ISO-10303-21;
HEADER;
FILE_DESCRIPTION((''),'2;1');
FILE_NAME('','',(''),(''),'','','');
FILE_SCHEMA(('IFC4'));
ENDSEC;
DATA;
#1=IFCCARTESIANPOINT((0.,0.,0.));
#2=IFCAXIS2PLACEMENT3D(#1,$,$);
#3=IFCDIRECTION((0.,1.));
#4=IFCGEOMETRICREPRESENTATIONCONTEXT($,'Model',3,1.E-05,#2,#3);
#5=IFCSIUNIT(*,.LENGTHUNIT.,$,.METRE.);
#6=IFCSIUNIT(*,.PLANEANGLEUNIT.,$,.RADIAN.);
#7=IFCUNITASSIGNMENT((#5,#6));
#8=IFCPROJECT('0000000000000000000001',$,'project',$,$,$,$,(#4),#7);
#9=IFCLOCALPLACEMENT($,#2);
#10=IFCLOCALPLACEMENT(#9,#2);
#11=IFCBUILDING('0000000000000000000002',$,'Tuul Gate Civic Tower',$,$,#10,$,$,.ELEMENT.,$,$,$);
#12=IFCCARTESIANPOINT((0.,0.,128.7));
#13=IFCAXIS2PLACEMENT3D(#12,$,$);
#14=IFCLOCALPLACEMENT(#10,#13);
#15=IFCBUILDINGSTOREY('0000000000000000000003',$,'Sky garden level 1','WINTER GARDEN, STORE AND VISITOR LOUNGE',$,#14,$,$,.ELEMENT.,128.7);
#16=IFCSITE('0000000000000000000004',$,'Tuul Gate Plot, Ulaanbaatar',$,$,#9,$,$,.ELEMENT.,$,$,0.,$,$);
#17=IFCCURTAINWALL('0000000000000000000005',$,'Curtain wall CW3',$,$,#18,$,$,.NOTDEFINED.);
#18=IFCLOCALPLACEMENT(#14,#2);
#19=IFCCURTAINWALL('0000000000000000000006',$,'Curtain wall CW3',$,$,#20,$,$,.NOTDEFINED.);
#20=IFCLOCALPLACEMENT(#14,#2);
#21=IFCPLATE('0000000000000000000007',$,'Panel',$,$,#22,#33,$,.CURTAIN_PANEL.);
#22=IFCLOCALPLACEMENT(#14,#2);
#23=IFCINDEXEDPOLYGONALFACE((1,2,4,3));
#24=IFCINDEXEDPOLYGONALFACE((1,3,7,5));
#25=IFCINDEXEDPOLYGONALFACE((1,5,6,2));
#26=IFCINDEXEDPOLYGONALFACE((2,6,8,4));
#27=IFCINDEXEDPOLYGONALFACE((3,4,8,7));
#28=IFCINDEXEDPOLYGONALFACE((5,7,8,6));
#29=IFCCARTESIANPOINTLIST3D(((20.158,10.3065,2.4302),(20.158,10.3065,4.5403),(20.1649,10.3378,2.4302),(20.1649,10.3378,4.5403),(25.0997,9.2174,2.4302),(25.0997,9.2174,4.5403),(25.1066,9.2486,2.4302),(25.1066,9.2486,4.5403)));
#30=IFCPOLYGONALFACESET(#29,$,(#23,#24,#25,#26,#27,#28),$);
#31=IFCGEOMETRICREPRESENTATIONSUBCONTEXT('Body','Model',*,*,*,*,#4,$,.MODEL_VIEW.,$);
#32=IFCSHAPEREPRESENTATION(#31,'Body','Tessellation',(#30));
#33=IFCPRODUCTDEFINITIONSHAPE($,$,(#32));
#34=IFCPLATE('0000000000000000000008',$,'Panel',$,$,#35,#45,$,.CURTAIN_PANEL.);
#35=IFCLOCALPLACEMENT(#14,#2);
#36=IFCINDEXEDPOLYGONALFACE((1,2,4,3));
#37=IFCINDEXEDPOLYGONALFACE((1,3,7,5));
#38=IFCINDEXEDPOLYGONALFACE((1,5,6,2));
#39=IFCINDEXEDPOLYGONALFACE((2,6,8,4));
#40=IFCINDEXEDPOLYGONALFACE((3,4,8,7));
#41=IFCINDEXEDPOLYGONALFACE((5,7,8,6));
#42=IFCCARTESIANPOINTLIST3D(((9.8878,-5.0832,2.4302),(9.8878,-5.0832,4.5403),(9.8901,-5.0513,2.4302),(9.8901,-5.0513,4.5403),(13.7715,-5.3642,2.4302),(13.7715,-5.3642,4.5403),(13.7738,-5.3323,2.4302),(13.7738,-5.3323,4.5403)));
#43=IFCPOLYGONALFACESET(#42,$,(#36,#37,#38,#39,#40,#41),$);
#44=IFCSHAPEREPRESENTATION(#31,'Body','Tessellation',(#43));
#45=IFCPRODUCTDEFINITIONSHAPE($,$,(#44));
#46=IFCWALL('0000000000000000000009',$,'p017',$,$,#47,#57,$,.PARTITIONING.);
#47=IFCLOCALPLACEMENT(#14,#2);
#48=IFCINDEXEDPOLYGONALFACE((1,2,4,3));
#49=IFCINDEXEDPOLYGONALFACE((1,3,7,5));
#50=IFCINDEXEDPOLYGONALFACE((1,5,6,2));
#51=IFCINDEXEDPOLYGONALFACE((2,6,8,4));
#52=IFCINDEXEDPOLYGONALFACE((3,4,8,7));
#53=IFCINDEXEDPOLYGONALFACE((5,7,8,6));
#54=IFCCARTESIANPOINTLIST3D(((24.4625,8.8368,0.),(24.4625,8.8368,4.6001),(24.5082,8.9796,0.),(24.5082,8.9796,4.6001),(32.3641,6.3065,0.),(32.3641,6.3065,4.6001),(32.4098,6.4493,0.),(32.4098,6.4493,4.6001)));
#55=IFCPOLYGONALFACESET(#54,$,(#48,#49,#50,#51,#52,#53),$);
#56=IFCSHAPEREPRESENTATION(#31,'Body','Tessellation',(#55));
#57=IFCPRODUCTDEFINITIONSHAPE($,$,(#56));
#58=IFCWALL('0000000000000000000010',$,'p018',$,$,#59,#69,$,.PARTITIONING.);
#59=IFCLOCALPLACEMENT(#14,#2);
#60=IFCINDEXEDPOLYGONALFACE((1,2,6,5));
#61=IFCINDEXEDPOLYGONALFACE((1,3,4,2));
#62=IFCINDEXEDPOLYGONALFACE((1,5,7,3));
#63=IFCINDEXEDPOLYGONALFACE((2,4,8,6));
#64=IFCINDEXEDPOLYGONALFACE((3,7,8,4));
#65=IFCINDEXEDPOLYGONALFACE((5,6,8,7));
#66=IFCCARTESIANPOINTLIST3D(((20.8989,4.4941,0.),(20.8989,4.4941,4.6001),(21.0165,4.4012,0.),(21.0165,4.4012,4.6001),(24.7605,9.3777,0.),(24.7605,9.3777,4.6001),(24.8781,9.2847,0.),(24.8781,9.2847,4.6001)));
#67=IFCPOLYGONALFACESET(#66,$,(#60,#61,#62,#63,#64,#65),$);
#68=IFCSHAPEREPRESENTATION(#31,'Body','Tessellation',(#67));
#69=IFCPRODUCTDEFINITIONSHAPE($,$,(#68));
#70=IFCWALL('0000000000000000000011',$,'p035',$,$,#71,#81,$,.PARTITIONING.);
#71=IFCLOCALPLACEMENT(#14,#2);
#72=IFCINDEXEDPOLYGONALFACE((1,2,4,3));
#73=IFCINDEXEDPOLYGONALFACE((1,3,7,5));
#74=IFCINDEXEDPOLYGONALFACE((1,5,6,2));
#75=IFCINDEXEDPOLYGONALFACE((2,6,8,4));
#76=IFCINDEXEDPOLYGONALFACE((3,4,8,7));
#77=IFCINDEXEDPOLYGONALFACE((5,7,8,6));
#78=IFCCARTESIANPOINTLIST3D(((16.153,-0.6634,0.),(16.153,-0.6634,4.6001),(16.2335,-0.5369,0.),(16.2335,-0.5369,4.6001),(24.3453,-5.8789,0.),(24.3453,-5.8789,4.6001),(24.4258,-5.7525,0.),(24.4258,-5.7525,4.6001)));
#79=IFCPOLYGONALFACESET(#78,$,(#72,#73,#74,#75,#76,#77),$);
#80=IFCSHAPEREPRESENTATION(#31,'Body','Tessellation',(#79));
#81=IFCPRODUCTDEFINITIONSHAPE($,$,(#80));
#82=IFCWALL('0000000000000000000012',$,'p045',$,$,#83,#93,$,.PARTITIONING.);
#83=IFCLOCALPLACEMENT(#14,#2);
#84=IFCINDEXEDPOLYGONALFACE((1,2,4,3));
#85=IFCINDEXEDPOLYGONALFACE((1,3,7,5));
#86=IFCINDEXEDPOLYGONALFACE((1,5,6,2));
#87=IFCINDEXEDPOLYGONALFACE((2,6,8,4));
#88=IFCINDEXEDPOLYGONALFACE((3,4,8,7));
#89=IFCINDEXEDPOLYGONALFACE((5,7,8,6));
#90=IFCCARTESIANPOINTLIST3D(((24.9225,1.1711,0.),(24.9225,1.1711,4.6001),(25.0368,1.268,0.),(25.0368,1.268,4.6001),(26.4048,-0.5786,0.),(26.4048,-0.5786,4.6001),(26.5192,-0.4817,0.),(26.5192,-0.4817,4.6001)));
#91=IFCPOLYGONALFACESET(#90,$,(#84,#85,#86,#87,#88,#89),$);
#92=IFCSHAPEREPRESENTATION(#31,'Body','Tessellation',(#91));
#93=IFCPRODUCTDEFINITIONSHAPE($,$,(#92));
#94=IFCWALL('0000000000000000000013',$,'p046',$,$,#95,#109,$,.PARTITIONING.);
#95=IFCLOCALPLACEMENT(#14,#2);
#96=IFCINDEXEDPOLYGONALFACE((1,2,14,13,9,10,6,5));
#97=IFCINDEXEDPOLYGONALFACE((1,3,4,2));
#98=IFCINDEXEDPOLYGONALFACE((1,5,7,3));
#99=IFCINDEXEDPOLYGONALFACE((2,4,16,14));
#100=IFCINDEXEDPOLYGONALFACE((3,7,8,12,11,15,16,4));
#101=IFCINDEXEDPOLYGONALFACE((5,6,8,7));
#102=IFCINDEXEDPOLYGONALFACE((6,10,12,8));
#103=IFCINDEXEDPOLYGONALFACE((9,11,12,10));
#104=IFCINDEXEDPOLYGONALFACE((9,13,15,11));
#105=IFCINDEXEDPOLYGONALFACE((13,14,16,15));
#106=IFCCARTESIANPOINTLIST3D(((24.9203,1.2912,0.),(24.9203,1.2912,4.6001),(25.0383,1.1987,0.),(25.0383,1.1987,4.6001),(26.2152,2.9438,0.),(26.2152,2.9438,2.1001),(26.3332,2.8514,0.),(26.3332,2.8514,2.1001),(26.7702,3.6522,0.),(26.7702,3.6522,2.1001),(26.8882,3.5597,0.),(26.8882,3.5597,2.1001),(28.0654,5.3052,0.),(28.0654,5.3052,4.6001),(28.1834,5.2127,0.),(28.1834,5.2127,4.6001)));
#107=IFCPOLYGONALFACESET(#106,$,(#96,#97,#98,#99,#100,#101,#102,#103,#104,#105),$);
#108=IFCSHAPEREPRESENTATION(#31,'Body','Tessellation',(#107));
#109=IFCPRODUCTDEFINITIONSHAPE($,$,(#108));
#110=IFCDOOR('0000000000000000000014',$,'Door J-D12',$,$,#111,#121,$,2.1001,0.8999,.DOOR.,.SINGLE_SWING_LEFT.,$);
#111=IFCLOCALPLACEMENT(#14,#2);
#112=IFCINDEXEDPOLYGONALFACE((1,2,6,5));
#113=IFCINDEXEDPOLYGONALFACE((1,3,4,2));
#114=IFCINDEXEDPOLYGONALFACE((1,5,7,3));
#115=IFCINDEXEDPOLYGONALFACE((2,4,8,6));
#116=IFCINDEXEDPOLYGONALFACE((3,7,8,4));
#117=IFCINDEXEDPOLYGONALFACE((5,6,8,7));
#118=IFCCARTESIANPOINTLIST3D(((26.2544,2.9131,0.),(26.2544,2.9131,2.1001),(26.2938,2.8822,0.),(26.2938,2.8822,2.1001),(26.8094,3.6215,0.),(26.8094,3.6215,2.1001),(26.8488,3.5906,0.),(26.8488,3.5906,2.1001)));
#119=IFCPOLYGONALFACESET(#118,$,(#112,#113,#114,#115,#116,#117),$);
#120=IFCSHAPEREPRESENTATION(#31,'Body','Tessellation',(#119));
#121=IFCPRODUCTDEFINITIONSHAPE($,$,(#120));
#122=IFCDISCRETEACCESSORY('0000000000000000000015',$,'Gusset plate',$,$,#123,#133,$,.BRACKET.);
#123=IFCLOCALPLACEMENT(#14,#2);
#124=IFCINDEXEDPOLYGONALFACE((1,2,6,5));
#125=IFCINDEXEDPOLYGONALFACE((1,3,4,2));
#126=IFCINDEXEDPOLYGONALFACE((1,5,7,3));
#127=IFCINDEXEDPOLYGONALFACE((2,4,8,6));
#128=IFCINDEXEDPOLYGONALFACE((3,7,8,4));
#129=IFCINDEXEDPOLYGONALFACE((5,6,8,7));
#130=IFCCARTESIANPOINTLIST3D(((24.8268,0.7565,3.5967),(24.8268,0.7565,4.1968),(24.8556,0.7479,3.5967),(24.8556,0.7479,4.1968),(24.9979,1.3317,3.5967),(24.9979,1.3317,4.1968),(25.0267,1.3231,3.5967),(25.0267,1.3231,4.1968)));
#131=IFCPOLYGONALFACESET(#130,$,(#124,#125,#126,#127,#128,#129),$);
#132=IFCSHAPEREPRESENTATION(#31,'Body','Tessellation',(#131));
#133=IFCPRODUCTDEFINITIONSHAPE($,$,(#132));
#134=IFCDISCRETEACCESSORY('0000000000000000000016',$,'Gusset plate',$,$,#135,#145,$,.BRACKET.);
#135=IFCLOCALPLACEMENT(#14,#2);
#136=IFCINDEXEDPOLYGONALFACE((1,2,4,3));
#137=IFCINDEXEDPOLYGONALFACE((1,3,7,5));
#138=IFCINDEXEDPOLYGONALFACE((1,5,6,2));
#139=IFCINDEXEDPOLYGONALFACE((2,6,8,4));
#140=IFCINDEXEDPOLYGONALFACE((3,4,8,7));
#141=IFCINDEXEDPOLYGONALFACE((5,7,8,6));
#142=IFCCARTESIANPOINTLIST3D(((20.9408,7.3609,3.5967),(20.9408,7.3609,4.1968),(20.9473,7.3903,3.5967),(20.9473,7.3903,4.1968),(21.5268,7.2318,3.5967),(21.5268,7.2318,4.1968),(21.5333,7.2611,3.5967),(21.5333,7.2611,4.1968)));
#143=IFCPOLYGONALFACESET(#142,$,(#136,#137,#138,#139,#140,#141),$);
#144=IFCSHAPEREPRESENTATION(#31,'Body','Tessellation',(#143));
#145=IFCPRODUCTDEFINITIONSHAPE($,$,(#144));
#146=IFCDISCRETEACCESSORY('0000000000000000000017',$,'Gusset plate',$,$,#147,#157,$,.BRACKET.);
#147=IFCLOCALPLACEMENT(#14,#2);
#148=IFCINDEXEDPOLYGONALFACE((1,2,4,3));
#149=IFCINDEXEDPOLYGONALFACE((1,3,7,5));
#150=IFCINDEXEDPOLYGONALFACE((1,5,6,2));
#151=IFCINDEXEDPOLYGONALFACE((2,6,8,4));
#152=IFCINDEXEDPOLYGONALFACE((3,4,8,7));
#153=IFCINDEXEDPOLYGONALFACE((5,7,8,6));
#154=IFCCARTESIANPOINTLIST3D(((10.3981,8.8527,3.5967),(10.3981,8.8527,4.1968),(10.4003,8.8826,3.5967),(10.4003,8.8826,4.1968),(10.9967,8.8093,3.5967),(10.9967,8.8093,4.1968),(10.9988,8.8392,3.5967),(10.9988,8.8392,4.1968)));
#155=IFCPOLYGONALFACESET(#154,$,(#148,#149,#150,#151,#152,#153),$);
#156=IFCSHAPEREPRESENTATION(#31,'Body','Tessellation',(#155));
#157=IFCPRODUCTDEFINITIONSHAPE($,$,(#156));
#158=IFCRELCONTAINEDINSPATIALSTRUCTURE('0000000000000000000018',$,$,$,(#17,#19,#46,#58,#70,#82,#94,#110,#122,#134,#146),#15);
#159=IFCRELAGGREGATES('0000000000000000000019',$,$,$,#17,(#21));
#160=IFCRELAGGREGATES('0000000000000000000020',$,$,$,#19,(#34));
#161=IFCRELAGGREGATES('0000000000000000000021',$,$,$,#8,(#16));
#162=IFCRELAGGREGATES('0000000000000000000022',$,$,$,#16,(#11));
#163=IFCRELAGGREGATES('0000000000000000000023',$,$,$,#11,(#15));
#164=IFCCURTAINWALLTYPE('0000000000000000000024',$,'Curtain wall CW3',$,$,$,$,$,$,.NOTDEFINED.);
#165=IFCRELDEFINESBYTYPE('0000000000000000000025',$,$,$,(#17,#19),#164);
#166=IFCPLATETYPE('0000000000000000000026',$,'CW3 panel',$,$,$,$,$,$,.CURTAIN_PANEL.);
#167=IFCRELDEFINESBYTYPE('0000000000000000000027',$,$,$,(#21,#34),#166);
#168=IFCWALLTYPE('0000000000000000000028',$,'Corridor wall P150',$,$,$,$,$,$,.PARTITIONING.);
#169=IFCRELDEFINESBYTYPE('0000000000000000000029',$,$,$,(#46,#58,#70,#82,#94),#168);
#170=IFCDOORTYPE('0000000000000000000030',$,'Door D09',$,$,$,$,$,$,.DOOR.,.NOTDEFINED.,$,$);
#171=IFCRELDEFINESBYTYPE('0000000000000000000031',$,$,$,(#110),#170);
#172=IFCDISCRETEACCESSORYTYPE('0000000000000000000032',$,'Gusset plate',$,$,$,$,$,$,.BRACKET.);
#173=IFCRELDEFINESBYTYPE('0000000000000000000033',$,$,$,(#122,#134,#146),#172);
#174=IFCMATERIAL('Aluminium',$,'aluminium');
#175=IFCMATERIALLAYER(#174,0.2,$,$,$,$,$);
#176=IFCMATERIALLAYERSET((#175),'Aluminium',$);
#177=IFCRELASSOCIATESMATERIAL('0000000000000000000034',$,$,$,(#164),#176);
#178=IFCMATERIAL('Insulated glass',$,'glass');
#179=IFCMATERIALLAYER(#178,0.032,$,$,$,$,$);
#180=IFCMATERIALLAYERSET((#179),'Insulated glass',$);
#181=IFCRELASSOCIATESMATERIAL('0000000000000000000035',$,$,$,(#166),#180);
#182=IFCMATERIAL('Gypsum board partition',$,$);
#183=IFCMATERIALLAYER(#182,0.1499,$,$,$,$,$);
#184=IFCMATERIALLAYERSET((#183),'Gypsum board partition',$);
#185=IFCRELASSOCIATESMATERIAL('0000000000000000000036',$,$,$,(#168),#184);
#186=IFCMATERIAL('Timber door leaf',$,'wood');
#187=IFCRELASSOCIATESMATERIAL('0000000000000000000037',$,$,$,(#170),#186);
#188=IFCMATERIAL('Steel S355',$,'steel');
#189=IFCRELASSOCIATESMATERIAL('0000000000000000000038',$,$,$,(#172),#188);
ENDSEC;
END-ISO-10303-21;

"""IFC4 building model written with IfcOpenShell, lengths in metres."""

from ifc_helpers import new_model, si_unit, direction, frame, frame_2d, origin, origin_2d, place, context, subcontext, project, spatial, rectangle, extrude, material, layer, layer_set, type_object, element, fill, aggregate, save


model = new_model("IFC4")

# Units and contexts
model_context = context("Model", 3, precision=1e-05, world=origin(), true_north=direction((0.0, 1.0)))
body_context = subcontext(model_context, "Body", "Model", "MODEL_VIEW")
ifc_project = project(units=[si_unit("LENGTHUNIT", "METRE"), si_unit("PLANEANGLEUNIT", "RADIAN")], contexts=[model_context])

# Site, building, storey
site_placement = place(None, origin())
site = spatial("IfcSite", under=ifc_project, at=site_placement, Name="Tuul Gate Plot, Ulaanbaatar", CompositionType="ELEMENT", RefElevation=0.0)
building_placement = place(site_placement, origin())
building = spatial("IfcBuilding", under=site, at=building_placement, Name="Tuul Gate Civic Tower", CompositionType="ELEMENT")
storey_placement = place(building_placement, frame((0.0, 0.0, 128.7)))
storey = spatial("IfcBuildingStorey", under=building, at=storey_placement, Name="Sky garden level 1", Description="WINTER GARDEN, STORE AND VISITOR LOUNGE", CompositionType="ELEMENT", Elevation=128.7)

# Curtain walls
ifc_material_1 = material(Name="Aluminium", Category="aluminium")
ifc_layer_1 = layer(ifc_material_1, 0.2)
ifc_layer_set_1 = layer_set([ifc_layer_1], Name="Aluminium")
curtain_wall_type = type_object("IfcCurtainWallType", Name="Curtain wall CW3", PredefinedType="NOTDEFINED", material=ifc_layer_set_1)
curtain_wall_1_placement = place(storey_placement, origin())
curtain_wall_1 = element("IfcCurtainWall", 1, at=curtain_wall_1_placement, inside=storey, type_object=curtain_wall_type, Name="Curtain wall CW3", PredefinedType="NOTDEFINED")
curtain_wall_2_placement = place(storey_placement, origin())
curtain_wall_2 = element("IfcCurtainWall", 2, at=curtain_wall_2_placement, inside=storey, type_object=curtain_wall_type, Name="Curtain wall CW3", PredefinedType="NOTDEFINED")

# Plates
ifc_material_2 = material(Name="Insulated glass", Category="glass")
ifc_layer_2 = layer(ifc_material_2, 0.032)
ifc_layer_set_2 = layer_set([ifc_layer_2], Name="Insulated glass")
plate_type = type_object("IfcPlateType", Name="CW3 panel", PredefinedType="CURTAIN_PANEL", material=ifc_layer_set_2)
plate_1_placement = place(storey_placement, frame((22.6323, 9.7776, 2.4302), z_axis=(0.0, 0.0, 1.0), x_axis=(-0.976562, 0.215234, 0.0)))
plate_1 = element("IfcPlate", 3, at=plate_1_placement, type_object=plate_type, Name="Panel", PredefinedType="CURTAIN_PANEL", context=body_context, shape_type="SweptSolid", body=[
    extrude(rectangle(XDim=5.0603, YDim=0.032, at=origin_2d()), origin(), (0.0, 0.0, 1.0), 2.1101),
])
aggregate(curtain_wall_1, [plate_1])
plate_2_placement = place(storey_placement, frame((11.8308, -5.2078, 2.4302), z_axis=(0.0, 0.0, 1.0), x_axis=(0.997393, -0.072166, 0.0)))
plate_2 = element("IfcPlate", 4, at=plate_2_placement, type_object=plate_type, Name="Panel", PredefinedType="CURTAIN_PANEL", context=body_context, shape_type="SweptSolid", body=[
    extrude(rectangle(XDim=3.8938, YDim=0.032, at=origin_2d()), origin(), (0.0, 0.0, 1.0), 2.1101),
])
aggregate(curtain_wall_2, [plate_2])

# Walls
ifc_material_3 = material(Name="Gypsum board partition")
ifc_layer_3 = layer(ifc_material_3, 0.1499)
ifc_layer_set_3 = layer_set([ifc_layer_3], Name="Gypsum board partition")
wall_type = type_object("IfcWallType", Name="Corridor wall P150", PredefinedType="PARTITIONING", material=ifc_layer_set_3)
wall_1_placement = place(storey_placement, frame((24.4854, 8.9082, 0.0), z_axis=(0.0, 0.0, 1.0), x_axis=(0.952363, -0.304968, 0.0)))
element("IfcWall", 5, at=wall_1_placement, inside=storey, type_object=wall_type, Name="p017", PredefinedType="PARTITIONING", context=body_context, shape_type="SweptSolid", body=[
    extrude(rectangle(XDim=8.2969, YDim=0.1499, at=frame_2d((4.1484, 0.0))), origin(), (0.0, 0.0, 1.0), 4.6001),
])
wall_2_placement = place(storey_placement, frame((20.9578, 4.4478, 0.0), z_axis=(0.0, 0.0, 1.0), x_axis=(0.620252, 0.784403, 0.0)))
element("IfcWall", 6, at=wall_2_placement, inside=storey, type_object=wall_type, Name="p018", PredefinedType="PARTITIONING", context=body_context, shape_type="SweptSolid", body=[
    extrude(rectangle(XDim=6.2258, YDim=0.1499, at=frame_2d((3.1128, 0.0))), origin(), (0.0, 0.0, 1.0), 4.6001),
])
wall_3_placement = place(storey_placement, frame((16.1931, -0.6001, 0.0), z_axis=(0.0, 0.0, 1.0), x_axis=(0.843557, -0.53704, 0.0)))
element("IfcWall", 7, at=wall_3_placement, inside=storey, type_object=wall_type, Name="p035", PredefinedType="PARTITIONING", context=body_context, shape_type="SweptSolid", body=[
    extrude(rectangle(XDim=9.7117, YDim=0.1499, at=frame_2d((4.856, 0.0))), origin(), (0.0, 0.0, 1.0), 4.6001),
])
wall_4_placement = place(storey_placement, frame((24.9797, 1.2195, 0.0), z_axis=(0.0, 0.0, 1.0), x_axis=(0.646415, -0.762986, 0.0)))
element("IfcWall", 8, at=wall_4_placement, inside=storey, type_object=wall_type, Name="p045", PredefinedType="PARTITIONING", context=body_context, shape_type="SweptSolid", body=[
    extrude(rectangle(XDim=2.2932, YDim=0.1499, at=frame_2d((1.1465, 0.0))), origin(), (0.0, 0.0, 1.0), 4.6001),
])

# Wall, opening, door
wall_5_placement = place(storey_placement, frame((24.9792, 1.2449, 0.0), z_axis=(0.0, 0.0, 1.0), x_axis=(0.616757, 0.787153, 0.0)))
wall_5 = element("IfcWall", 9, at=wall_5_placement, inside=storey, type_object=wall_type, Name="p046", PredefinedType="PARTITIONING", context=body_context, shape_type="SweptSolid", body=[
    extrude(rectangle(XDim=5.0994, YDim=0.1499, at=frame_2d((2.5498, 0.0))), origin(), (0.0, 0.0, 1.0), 4.6001),
])
opening_placement = place(wall_5_placement, frame((2.0996, 0.0, 0.0)))
opening = element("IfcOpeningElement", 10, at=opening_placement, cuts=wall_5, PredefinedType="OPENING", context=body_context, shape_type="SweptSolid", body=[
    extrude(rectangle(XDim=0.8999, YDim=2.1001, at=frame_2d((0.45, 1.05))), frame((0.0, 0.085, 0.0), z_axis=(0.0, -1.0, 0.0), x_axis=(1.0, 0.0, 0.0)), (0.0, 0.0, 1.0), 0.1699),
])
ifc_material_4 = material(Name="Timber door leaf", Category="wood")
door_type = type_object("IfcDoorType", Name="Door D09", OperationType="NOTDEFINED", PredefinedType="DOOR", material=ifc_material_4)
door_placement = place(opening_placement, frame((0.8999, 0.0, 0.0), z_axis=(0.0, 0.0, 1.0), x_axis=(-1.0, 0.0, 0.0)))
door = element("IfcDoor", 11, at=door_placement, inside=storey, type_object=door_type, Name="Door J-D12", OperationType="SINGLE_SWING_LEFT", OverallHeight=2.1001, OverallWidth=0.8999, PredefinedType="DOOR", context=body_context, shape_type="SweptSolid", body=[
    extrude(rectangle(XDim=0.8999, YDim=2.1001, at=frame_2d((0.45, 1.05))), frame((0.0, 0.0249, 0.0), z_axis=(0.0, -1.0, 0.0), x_axis=(1.0, 0.0, 0.0)), (0.0, 0.0, 1.0), 0.05),
])
fill(opening, door)

# Discrete accessories
ifc_material_5 = material(Name="Steel S355", Category="steel")
discrete_accessory_type = type_object("IfcDiscreteAccessoryType", Name="Gusset plate", PredefinedType="BRACKET", material=ifc_material_5)
for number, where, z_axis, x_axis, name in (
    (12, (24.9268, 1.0398, 3.5967), (0.0, 0.0, 1.0), (0.285212, 0.958464, 0.0), "Gusset plate"),
    (13, (21.2371, 7.311, 3.5967), (0.0, 0.0, 1.0), (0.976569, -0.215205, 0.0), "Gusset plate"),
    (14, (10.6985, 8.8459, 3.5967), (0.0, 0.0, 1.0), (0.997383, -0.072305, 0.0), "Gusset plate"),
):
    element("IfcDiscreteAccessory", number, at=place(storey_placement, frame(where, z_axis=z_axis, x_axis=x_axis)), inside=storey, type_object=discrete_accessory_type, Name=name, PredefinedType="BRACKET", context=body_context, shape_type="SweptSolid", body=[
        extrude(rectangle(XDim=0.6001, YDim=0.03, at=origin_2d()), origin(), (0.0, 0.0, 1.0), 0.6001),
    ])

save(model, "model.ifc")
